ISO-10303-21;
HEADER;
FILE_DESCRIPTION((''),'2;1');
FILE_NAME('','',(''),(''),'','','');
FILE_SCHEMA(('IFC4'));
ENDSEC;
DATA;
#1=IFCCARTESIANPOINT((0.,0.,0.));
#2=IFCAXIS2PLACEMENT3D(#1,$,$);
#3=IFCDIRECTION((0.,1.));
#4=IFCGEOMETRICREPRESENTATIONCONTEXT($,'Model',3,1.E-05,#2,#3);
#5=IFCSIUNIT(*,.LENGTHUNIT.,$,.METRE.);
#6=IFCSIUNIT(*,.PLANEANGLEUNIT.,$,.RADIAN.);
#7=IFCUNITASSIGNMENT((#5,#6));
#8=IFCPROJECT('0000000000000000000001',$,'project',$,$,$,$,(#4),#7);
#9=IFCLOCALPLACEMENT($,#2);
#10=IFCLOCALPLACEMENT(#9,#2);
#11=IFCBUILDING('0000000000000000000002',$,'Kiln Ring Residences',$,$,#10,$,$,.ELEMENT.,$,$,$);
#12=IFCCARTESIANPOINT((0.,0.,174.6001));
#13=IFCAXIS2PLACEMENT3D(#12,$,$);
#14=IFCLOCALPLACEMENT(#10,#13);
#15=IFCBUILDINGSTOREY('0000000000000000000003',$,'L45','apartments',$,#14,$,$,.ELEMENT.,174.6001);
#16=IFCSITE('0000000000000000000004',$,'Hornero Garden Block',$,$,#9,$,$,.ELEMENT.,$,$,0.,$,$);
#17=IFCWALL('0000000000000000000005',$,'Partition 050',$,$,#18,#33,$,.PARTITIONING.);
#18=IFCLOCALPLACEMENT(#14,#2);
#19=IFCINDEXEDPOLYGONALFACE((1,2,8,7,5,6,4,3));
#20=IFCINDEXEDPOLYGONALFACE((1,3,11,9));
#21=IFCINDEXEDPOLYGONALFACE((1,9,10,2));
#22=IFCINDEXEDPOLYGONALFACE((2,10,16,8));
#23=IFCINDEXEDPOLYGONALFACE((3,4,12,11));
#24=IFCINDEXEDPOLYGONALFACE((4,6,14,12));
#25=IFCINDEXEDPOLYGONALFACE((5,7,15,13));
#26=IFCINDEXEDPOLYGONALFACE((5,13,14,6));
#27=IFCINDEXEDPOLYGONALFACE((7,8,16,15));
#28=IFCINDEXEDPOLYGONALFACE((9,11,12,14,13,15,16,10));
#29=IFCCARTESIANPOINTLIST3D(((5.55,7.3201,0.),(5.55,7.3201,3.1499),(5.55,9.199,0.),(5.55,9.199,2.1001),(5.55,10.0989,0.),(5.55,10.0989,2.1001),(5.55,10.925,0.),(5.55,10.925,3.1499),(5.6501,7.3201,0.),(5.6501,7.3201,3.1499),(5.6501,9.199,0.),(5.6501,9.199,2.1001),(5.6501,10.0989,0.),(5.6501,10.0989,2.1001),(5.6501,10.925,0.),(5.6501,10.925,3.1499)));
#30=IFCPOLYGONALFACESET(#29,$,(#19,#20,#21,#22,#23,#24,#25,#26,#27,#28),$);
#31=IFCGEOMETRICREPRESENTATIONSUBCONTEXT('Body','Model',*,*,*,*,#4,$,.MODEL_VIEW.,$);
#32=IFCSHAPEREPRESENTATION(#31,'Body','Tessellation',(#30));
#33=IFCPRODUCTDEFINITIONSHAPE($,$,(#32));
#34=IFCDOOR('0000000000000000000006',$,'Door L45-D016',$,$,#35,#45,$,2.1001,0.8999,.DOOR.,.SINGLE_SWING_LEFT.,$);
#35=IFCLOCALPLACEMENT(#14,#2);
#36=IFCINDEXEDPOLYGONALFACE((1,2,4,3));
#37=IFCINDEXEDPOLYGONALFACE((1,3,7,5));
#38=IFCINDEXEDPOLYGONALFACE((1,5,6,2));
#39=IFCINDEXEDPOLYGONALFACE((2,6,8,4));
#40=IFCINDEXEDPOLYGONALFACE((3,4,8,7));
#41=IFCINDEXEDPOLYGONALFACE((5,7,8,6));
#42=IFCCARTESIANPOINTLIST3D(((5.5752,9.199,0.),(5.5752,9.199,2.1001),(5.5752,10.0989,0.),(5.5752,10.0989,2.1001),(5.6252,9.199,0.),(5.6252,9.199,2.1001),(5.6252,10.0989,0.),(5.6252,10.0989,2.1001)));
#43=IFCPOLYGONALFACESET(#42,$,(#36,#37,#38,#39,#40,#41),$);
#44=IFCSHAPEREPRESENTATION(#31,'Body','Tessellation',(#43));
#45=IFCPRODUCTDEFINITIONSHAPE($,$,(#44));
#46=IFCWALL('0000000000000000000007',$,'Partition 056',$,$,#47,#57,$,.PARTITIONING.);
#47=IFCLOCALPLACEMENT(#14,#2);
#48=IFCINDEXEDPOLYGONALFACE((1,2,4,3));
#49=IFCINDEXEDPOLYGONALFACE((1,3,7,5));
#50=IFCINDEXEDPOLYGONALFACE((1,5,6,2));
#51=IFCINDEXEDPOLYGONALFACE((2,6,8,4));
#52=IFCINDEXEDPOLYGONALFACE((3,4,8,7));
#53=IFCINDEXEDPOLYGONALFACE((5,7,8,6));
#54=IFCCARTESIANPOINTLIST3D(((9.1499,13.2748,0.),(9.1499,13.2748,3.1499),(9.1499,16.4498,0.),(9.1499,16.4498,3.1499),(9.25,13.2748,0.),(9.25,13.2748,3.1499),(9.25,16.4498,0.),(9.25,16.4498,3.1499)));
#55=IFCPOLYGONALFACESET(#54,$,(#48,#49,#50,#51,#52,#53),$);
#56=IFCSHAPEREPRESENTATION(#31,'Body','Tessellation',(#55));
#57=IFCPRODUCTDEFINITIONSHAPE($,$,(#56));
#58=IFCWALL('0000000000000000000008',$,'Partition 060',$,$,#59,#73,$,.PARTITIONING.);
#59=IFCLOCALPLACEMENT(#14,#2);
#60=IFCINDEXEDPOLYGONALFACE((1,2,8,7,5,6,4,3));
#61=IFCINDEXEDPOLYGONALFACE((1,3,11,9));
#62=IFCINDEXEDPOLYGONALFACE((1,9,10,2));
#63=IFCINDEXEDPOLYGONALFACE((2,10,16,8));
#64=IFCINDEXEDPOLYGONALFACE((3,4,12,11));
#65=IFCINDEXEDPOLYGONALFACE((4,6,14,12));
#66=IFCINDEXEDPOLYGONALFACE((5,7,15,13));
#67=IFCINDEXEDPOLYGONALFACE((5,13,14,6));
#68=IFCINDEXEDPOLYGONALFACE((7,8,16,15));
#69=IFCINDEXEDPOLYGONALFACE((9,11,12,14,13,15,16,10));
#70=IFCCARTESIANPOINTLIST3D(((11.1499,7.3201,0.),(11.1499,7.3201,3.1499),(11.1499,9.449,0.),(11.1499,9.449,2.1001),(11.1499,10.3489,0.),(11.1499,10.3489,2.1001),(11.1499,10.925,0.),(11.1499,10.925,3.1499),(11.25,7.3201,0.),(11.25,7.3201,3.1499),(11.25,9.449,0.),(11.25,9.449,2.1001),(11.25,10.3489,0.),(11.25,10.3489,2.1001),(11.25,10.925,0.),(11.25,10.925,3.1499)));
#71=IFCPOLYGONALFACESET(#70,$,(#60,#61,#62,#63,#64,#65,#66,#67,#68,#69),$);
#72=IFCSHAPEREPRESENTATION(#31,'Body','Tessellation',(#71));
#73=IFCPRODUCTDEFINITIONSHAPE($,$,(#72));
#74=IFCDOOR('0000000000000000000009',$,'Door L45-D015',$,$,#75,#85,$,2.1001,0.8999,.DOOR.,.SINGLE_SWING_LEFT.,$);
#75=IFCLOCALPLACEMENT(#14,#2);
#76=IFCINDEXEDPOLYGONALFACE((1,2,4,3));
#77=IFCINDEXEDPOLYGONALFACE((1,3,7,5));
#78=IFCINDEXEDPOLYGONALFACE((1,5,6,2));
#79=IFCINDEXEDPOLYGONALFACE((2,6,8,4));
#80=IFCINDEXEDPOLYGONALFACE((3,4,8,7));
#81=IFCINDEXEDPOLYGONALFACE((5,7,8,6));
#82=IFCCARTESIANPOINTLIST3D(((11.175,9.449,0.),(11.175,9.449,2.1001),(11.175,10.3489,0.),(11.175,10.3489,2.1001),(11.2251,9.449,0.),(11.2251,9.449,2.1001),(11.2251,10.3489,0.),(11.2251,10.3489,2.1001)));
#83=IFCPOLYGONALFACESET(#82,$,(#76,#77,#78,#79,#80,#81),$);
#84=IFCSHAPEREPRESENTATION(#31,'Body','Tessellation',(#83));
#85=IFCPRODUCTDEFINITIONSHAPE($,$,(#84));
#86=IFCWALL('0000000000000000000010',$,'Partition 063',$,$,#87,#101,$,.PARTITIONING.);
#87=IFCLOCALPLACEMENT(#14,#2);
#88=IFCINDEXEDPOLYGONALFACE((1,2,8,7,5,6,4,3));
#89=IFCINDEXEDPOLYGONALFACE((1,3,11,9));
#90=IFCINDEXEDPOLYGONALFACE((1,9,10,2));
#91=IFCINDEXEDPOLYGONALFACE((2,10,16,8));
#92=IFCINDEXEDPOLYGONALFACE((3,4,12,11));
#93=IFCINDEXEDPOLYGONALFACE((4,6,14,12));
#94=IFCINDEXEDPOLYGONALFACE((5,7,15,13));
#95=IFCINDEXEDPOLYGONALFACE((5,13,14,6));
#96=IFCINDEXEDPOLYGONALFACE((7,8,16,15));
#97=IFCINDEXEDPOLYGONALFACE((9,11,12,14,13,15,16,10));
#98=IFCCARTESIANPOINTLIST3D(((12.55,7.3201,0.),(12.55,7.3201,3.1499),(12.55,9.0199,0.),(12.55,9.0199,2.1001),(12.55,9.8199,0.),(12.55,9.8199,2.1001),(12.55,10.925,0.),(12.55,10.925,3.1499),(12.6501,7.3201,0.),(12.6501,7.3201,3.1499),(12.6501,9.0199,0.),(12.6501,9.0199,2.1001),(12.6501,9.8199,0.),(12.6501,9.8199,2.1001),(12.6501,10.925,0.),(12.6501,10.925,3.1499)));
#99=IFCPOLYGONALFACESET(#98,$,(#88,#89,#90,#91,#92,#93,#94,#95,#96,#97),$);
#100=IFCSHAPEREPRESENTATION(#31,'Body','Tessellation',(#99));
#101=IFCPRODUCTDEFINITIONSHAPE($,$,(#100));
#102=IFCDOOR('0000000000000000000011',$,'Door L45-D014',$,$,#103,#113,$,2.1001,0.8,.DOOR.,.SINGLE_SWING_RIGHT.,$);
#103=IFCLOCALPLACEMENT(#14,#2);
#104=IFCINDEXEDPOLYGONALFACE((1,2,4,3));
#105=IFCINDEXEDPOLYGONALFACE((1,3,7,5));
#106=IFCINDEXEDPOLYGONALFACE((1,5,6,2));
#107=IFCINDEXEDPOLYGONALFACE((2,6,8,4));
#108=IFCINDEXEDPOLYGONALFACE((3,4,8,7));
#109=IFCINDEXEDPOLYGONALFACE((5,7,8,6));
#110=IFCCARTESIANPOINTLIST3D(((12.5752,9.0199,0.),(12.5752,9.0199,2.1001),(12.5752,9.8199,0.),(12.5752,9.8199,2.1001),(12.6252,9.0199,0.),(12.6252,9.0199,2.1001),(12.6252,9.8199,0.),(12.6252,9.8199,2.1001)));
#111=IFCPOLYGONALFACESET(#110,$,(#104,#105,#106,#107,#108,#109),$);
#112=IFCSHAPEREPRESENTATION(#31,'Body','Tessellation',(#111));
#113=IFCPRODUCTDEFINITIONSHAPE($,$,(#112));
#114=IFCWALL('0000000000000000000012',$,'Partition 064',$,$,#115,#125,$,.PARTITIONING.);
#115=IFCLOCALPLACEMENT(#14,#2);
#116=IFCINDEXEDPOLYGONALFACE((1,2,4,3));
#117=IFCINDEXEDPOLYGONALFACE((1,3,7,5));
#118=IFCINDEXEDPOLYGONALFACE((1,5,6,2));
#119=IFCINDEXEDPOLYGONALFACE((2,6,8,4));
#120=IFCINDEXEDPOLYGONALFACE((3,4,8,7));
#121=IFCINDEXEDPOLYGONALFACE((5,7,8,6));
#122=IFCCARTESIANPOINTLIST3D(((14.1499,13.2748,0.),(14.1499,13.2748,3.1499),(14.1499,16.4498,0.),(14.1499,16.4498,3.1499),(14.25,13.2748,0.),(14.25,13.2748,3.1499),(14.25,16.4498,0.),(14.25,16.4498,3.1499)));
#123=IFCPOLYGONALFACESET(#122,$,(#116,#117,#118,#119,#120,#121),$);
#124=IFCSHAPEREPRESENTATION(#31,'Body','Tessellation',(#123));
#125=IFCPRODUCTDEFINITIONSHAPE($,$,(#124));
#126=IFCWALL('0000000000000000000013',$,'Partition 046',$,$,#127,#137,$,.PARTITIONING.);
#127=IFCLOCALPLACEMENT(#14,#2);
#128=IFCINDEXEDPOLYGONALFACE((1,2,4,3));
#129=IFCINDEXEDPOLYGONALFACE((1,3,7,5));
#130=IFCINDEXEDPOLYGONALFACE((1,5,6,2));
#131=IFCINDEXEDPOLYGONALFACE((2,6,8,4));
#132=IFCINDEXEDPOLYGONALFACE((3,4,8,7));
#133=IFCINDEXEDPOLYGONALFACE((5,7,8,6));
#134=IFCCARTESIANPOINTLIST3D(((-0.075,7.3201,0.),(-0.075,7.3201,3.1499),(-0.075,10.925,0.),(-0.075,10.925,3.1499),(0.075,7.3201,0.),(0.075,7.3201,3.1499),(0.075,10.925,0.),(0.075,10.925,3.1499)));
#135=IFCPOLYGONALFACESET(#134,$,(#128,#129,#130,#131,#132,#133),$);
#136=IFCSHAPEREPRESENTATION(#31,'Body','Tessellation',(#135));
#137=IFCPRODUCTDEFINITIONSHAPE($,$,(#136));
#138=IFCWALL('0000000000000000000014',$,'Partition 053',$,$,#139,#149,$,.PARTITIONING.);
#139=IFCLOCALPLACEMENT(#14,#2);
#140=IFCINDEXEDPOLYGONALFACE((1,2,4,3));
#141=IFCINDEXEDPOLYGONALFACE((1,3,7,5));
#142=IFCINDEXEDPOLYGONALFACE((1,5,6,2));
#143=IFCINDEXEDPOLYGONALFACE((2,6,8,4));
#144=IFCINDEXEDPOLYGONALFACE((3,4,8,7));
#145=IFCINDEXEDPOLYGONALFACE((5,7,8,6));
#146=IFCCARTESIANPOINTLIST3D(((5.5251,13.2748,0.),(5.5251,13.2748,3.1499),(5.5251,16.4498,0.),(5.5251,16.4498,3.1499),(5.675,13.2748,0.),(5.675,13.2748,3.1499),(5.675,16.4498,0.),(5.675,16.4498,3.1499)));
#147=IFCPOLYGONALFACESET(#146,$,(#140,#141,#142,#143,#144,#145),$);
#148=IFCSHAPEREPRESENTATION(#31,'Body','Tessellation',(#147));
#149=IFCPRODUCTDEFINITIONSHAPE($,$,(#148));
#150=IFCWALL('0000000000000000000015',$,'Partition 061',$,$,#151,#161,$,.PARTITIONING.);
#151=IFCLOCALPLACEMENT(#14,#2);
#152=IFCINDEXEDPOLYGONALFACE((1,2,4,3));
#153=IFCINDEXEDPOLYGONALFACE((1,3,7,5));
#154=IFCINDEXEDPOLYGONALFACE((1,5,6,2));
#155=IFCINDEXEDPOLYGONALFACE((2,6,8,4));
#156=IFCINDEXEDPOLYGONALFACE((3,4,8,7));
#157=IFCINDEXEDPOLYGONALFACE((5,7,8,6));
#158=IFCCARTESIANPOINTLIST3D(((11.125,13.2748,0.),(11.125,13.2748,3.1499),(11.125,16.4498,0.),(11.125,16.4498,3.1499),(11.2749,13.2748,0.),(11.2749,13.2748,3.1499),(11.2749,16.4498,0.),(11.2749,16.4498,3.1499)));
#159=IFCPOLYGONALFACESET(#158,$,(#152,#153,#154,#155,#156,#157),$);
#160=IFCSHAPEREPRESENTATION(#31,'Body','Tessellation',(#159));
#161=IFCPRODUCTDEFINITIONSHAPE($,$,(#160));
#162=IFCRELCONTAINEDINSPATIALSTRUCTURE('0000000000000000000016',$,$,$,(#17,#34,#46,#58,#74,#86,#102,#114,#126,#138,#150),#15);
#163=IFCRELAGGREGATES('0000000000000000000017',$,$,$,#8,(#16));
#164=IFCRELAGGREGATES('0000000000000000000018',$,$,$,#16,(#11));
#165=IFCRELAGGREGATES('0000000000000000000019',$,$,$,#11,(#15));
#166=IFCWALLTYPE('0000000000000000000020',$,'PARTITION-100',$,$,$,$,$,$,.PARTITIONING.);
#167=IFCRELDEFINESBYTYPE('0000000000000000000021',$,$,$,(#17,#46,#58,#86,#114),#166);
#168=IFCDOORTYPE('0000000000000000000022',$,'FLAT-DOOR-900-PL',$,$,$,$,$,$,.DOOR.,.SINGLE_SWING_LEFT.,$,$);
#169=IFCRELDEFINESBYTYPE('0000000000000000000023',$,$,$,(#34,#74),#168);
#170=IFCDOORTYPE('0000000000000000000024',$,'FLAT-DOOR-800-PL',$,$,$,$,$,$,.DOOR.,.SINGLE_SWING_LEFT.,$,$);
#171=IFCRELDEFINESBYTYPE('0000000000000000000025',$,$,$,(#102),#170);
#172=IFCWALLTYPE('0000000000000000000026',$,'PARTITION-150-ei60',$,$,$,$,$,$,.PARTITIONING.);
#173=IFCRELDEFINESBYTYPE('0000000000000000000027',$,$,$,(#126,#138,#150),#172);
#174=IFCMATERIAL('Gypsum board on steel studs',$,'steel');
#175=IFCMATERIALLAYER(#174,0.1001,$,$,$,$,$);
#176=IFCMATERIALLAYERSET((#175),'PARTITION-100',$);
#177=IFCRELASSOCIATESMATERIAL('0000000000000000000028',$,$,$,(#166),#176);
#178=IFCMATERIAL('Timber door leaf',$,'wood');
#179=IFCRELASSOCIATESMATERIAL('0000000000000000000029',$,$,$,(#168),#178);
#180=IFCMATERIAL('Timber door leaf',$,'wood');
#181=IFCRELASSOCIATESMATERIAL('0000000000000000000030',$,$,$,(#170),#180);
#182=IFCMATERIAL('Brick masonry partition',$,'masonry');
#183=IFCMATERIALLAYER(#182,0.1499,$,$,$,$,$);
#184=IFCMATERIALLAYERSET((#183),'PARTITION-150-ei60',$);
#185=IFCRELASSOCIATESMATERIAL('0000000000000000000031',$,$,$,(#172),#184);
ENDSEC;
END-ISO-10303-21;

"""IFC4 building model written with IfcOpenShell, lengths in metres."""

from ifc_helpers import new_model, si_unit, direction, frame, frame_2d, origin, place, context, subcontext, project, spatial, rectangle, extrude, material, layer, layer_set, type_object, element, fill, save


model = new_model("IFC4")

# Units and contexts
model_context = context("Model", 3, precision=1e-05, world=origin(), true_north=direction((0.0, 1.0)))
body_context = subcontext(model_context, "Body", "Model", "MODEL_VIEW")
ifc_project = project(units=[si_unit("LENGTHUNIT", "METRE"), si_unit("PLANEANGLEUNIT", "RADIAN")], contexts=[model_context])

# Site, building, storey
site_placement = place(None, origin())
site = spatial("IfcSite", under=ifc_project, at=site_placement, Name="Hornero Garden Block", CompositionType="ELEMENT", RefElevation=0.0)
building_placement = place(site_placement, origin())
building = spatial("IfcBuilding", under=site, at=building_placement, Name="Kiln Ring Residences", CompositionType="ELEMENT")
storey_placement = place(building_placement, frame((0.0, 0.0, 174.6001)))
storey = spatial("IfcBuildingStorey", under=building, at=storey_placement, Name="L45", Description="apartments", CompositionType="ELEMENT", Elevation=174.6001)

# Shared definitions
ifc_material_1 = material(Name="Gypsum board on steel studs", Category="steel")
ifc_layer_1 = layer(ifc_material_1, 0.1001)
ifc_layer_set_1 = layer_set([ifc_layer_1], Name="PARTITION-100")
wall_type_1 = type_object("IfcWallType", Name="PARTITION-100", PredefinedType="PARTITIONING", material=ifc_layer_set_1)
ifc_material_2 = material(Name="Timber door leaf", Category="wood")
door_type_1 = type_object("IfcDoorType", Name="FLAT-DOOR-900-PL", OperationType="SINGLE_SWING_LEFT", PredefinedType="DOOR", material=ifc_material_2)

# Wall, opening, door
wall_1_placement = place(storey_placement, frame((5.6001, 7.3201, 0.0), z_axis=(0.0, 0.0, 1.0), x_axis=(0.0, 1.0, 0.0)))
wall_1 = element("IfcWall", 1, at=wall_1_placement, inside=storey, type_object=wall_type_1, Name="Partition 050", PredefinedType="PARTITIONING", context=body_context, shape_type="SweptSolid", body=[
    extrude(rectangle(XDim=3.605, YDim=0.1001, at=frame_2d((1.8025, 0.0))), origin(), (0.0, 0.0, 1.0), 3.1499),
])
opening_1_placement = place(wall_1_placement, frame((1.8789, 0.0, 0.0)))
opening_1 = element("IfcOpeningElement", 2, at=opening_1_placement, cuts=wall_1, PredefinedType="OPENING", context=body_context, shape_type="SweptSolid", body=[
    extrude(rectangle(XDim=0.8999, YDim=2.1001, at=frame_2d((0.45, 1.05))), frame((0.0, 0.0601, 0.0), z_axis=(0.0, -1.0, 0.0), x_axis=(1.0, 0.0, 0.0)), (0.0, 0.0, 1.0), 0.1201),
])
door_1_placement = place(opening_1_placement, origin())
door_1 = element("IfcDoor", 3, at=door_1_placement, inside=storey, type_object=door_type_1, Name="Door L45-D016", OperationType="SINGLE_SWING_LEFT", OverallHeight=2.1001, OverallWidth=0.8999, PredefinedType="DOOR", context=body_context, shape_type="SweptSolid", body=[
    extrude(rectangle(XDim=0.8999, YDim=2.1001, at=frame_2d((0.45, 1.05))), frame((0.0, 0.0249, 0.0), z_axis=(0.0, -1.0, 0.0), x_axis=(1.0, 0.0, 0.0)), (0.0, 0.0, 1.0), 0.05),
])
fill(opening_1, door_1)

# Wall
wall_2_placement = place(storey_placement, frame((9.2, 13.2749, 0.0), z_axis=(0.0, 0.0, 1.0), x_axis=(0.0, 1.0, 0.0)))
element("IfcWall", 4, at=wall_2_placement, inside=storey, type_object=wall_type_1, Name="Partition 056", PredefinedType="PARTITIONING", context=body_context, shape_type="SweptSolid", body=[
    extrude(rectangle(XDim=3.175, YDim=0.1001, at=frame_2d((1.5874, 0.0))), origin(), (0.0, 0.0, 1.0), 3.1499),
])

# Walls, openings, doors
wall_3_placement = place(storey_placement, frame((11.2, 7.3201, 0.0), z_axis=(0.0, 0.0, 1.0), x_axis=(0.0, 1.0, 0.0)))
wall_3 = element("IfcWall", 5, at=wall_3_placement, inside=storey, type_object=wall_type_1, Name="Partition 060", PredefinedType="PARTITIONING", context=body_context, shape_type="SweptSolid", body=[
    extrude(rectangle(XDim=3.605, YDim=0.1001, at=frame_2d((1.8025, 0.0))), origin(), (0.0, 0.0, 1.0), 3.1499),
])
opening_2_placement = place(wall_3_placement, frame((2.1289, 0.0, 0.0)))
opening_2 = element("IfcOpeningElement", 6, at=opening_2_placement, cuts=wall_3, PredefinedType="OPENING", context=body_context, shape_type="SweptSolid", body=[
    extrude(rectangle(XDim=0.8999, YDim=2.1001, at=frame_2d((0.45, 1.05))), frame((0.0, 0.0601, 0.0), z_axis=(0.0, -1.0, 0.0), x_axis=(1.0, 0.0, 0.0)), (0.0, 0.0, 1.0), 0.1201),
])
door_2_placement = place(opening_2_placement, origin())
door_2 = element("IfcDoor", 7, at=door_2_placement, inside=storey, type_object=door_type_1, Name="Door L45-D015", OperationType="SINGLE_SWING_LEFT", OverallHeight=2.1001, OverallWidth=0.8999, PredefinedType="DOOR", context=body_context, shape_type="SweptSolid", body=[
    extrude(rectangle(XDim=0.8999, YDim=2.1001, at=frame_2d((0.45, 1.05))), frame((0.0, 0.0249, 0.0), z_axis=(0.0, -1.0, 0.0), x_axis=(1.0, 0.0, 0.0)), (0.0, 0.0, 1.0), 0.05),
])
fill(opening_2, door_2)
wall_4_placement = place(storey_placement, frame((12.6001, 7.3201, 0.0), z_axis=(0.0, 0.0, 1.0), x_axis=(0.0, 1.0, 0.0)))
wall_4 = element("IfcWall", 8, at=wall_4_placement, inside=storey, type_object=wall_type_1, Name="Partition 063", PredefinedType="PARTITIONING", context=body_context, shape_type="SweptSolid", body=[
    extrude(rectangle(XDim=3.605, YDim=0.1001, at=frame_2d((1.8025, 0.0))), origin(), (0.0, 0.0, 1.0), 3.1499),
])
opening_3_placement = place(wall_4_placement, frame((1.7, 0.0, 0.0)))
opening_3 = element("IfcOpeningElement", 9, at=opening_3_placement, cuts=wall_4, PredefinedType="OPENING", context=body_context, shape_type="SweptSolid", body=[
    extrude(rectangle(XDim=0.8, YDim=2.1001, at=frame_2d((0.3999, 1.05))), frame((0.0, 0.0601, 0.0), z_axis=(0.0, -1.0, 0.0), x_axis=(1.0, 0.0, 0.0)), (0.0, 0.0, 1.0), 0.1201),
])
ifc_material_3 = material(Name="Timber door leaf", Category="wood")
door_type_2 = type_object("IfcDoorType", Name="FLAT-DOOR-800-PL", OperationType="SINGLE_SWING_LEFT", PredefinedType="DOOR", material=ifc_material_3)
door_3_placement = place(opening_3_placement, origin())
door_3 = element("IfcDoor", 10, at=door_3_placement, inside=storey, type_object=door_type_2, Name="Door L45-D014", OperationType="SINGLE_SWING_RIGHT", OverallHeight=2.1001, OverallWidth=0.8, PredefinedType="DOOR", context=body_context, shape_type="SweptSolid", body=[
    extrude(rectangle(XDim=0.8, YDim=2.1001, at=frame_2d((0.3999, 1.05))), frame((0.0, 0.0249, 0.0), z_axis=(0.0, -1.0, 0.0), x_axis=(1.0, 0.0, 0.0)), (0.0, 0.0, 1.0), 0.05),
])
fill(opening_3, door_3)

# Walls
wall_5_placement = place(storey_placement, frame((14.2, 13.2749, 0.0), z_axis=(0.0, 0.0, 1.0), x_axis=(0.0, 1.0, 0.0)))
element("IfcWall", 11, at=wall_5_placement, inside=storey, type_object=wall_type_1, Name="Partition 064", PredefinedType="PARTITIONING", context=body_context, shape_type="SweptSolid", body=[
    extrude(rectangle(XDim=3.175, YDim=0.1001, at=frame_2d((1.5874, 0.0))), origin(), (0.0, 0.0, 1.0), 3.1499),
])
ifc_material_4 = material(Name="Brick masonry partition", Category="masonry")
ifc_layer_2 = layer(ifc_material_4, 0.1499)
ifc_layer_set_2 = layer_set([ifc_layer_2], Name="PARTITION-150-ei60")
wall_type_2 = type_object("IfcWallType", Name="PARTITION-150-ei60", PredefinedType="PARTITIONING", material=ifc_layer_set_2)
wall_6_placement = place(storey_placement, frame((0.0, 7.3201, 0.0), z_axis=(0.0, 0.0, 1.0), x_axis=(0.0, 1.0, 0.0)))
element("IfcWall", 12, at=wall_6_placement, inside=storey, type_object=wall_type_2, Name="Partition 046", PredefinedType="PARTITIONING", context=body_context, shape_type="SweptSolid", body=[
    extrude(rectangle(XDim=3.605, YDim=0.1499, at=frame_2d((1.8025, 0.0))), origin(), (0.0, 0.0, 1.0), 3.1499),
])
for number, where, z_axis, x_axis, name in (
    (13, (5.6001, 13.2749, 0.0), (0.0, 0.0, 1.0), (0.0, 1.0, 0.0), "Partition 053"),
    (14, (11.2, 13.2749, 0.0), (0.0, 0.0, 1.0), (0.0, 1.0, 0.0), "Partition 061"),
):
    element("IfcWall", number, at=place(storey_placement, frame(where, z_axis=z_axis, x_axis=x_axis)), inside=storey, type_object=wall_type_2, Name=name, PredefinedType="PARTITIONING", context=body_context, shape_type="SweptSolid", body=[
        extrude(rectangle(XDim=3.175, YDim=0.1499, at=frame_2d((1.5874, 0.0))), origin(), (0.0, 0.0, 1.0), 3.1499),
    ])

save(model, "model.ifc")
